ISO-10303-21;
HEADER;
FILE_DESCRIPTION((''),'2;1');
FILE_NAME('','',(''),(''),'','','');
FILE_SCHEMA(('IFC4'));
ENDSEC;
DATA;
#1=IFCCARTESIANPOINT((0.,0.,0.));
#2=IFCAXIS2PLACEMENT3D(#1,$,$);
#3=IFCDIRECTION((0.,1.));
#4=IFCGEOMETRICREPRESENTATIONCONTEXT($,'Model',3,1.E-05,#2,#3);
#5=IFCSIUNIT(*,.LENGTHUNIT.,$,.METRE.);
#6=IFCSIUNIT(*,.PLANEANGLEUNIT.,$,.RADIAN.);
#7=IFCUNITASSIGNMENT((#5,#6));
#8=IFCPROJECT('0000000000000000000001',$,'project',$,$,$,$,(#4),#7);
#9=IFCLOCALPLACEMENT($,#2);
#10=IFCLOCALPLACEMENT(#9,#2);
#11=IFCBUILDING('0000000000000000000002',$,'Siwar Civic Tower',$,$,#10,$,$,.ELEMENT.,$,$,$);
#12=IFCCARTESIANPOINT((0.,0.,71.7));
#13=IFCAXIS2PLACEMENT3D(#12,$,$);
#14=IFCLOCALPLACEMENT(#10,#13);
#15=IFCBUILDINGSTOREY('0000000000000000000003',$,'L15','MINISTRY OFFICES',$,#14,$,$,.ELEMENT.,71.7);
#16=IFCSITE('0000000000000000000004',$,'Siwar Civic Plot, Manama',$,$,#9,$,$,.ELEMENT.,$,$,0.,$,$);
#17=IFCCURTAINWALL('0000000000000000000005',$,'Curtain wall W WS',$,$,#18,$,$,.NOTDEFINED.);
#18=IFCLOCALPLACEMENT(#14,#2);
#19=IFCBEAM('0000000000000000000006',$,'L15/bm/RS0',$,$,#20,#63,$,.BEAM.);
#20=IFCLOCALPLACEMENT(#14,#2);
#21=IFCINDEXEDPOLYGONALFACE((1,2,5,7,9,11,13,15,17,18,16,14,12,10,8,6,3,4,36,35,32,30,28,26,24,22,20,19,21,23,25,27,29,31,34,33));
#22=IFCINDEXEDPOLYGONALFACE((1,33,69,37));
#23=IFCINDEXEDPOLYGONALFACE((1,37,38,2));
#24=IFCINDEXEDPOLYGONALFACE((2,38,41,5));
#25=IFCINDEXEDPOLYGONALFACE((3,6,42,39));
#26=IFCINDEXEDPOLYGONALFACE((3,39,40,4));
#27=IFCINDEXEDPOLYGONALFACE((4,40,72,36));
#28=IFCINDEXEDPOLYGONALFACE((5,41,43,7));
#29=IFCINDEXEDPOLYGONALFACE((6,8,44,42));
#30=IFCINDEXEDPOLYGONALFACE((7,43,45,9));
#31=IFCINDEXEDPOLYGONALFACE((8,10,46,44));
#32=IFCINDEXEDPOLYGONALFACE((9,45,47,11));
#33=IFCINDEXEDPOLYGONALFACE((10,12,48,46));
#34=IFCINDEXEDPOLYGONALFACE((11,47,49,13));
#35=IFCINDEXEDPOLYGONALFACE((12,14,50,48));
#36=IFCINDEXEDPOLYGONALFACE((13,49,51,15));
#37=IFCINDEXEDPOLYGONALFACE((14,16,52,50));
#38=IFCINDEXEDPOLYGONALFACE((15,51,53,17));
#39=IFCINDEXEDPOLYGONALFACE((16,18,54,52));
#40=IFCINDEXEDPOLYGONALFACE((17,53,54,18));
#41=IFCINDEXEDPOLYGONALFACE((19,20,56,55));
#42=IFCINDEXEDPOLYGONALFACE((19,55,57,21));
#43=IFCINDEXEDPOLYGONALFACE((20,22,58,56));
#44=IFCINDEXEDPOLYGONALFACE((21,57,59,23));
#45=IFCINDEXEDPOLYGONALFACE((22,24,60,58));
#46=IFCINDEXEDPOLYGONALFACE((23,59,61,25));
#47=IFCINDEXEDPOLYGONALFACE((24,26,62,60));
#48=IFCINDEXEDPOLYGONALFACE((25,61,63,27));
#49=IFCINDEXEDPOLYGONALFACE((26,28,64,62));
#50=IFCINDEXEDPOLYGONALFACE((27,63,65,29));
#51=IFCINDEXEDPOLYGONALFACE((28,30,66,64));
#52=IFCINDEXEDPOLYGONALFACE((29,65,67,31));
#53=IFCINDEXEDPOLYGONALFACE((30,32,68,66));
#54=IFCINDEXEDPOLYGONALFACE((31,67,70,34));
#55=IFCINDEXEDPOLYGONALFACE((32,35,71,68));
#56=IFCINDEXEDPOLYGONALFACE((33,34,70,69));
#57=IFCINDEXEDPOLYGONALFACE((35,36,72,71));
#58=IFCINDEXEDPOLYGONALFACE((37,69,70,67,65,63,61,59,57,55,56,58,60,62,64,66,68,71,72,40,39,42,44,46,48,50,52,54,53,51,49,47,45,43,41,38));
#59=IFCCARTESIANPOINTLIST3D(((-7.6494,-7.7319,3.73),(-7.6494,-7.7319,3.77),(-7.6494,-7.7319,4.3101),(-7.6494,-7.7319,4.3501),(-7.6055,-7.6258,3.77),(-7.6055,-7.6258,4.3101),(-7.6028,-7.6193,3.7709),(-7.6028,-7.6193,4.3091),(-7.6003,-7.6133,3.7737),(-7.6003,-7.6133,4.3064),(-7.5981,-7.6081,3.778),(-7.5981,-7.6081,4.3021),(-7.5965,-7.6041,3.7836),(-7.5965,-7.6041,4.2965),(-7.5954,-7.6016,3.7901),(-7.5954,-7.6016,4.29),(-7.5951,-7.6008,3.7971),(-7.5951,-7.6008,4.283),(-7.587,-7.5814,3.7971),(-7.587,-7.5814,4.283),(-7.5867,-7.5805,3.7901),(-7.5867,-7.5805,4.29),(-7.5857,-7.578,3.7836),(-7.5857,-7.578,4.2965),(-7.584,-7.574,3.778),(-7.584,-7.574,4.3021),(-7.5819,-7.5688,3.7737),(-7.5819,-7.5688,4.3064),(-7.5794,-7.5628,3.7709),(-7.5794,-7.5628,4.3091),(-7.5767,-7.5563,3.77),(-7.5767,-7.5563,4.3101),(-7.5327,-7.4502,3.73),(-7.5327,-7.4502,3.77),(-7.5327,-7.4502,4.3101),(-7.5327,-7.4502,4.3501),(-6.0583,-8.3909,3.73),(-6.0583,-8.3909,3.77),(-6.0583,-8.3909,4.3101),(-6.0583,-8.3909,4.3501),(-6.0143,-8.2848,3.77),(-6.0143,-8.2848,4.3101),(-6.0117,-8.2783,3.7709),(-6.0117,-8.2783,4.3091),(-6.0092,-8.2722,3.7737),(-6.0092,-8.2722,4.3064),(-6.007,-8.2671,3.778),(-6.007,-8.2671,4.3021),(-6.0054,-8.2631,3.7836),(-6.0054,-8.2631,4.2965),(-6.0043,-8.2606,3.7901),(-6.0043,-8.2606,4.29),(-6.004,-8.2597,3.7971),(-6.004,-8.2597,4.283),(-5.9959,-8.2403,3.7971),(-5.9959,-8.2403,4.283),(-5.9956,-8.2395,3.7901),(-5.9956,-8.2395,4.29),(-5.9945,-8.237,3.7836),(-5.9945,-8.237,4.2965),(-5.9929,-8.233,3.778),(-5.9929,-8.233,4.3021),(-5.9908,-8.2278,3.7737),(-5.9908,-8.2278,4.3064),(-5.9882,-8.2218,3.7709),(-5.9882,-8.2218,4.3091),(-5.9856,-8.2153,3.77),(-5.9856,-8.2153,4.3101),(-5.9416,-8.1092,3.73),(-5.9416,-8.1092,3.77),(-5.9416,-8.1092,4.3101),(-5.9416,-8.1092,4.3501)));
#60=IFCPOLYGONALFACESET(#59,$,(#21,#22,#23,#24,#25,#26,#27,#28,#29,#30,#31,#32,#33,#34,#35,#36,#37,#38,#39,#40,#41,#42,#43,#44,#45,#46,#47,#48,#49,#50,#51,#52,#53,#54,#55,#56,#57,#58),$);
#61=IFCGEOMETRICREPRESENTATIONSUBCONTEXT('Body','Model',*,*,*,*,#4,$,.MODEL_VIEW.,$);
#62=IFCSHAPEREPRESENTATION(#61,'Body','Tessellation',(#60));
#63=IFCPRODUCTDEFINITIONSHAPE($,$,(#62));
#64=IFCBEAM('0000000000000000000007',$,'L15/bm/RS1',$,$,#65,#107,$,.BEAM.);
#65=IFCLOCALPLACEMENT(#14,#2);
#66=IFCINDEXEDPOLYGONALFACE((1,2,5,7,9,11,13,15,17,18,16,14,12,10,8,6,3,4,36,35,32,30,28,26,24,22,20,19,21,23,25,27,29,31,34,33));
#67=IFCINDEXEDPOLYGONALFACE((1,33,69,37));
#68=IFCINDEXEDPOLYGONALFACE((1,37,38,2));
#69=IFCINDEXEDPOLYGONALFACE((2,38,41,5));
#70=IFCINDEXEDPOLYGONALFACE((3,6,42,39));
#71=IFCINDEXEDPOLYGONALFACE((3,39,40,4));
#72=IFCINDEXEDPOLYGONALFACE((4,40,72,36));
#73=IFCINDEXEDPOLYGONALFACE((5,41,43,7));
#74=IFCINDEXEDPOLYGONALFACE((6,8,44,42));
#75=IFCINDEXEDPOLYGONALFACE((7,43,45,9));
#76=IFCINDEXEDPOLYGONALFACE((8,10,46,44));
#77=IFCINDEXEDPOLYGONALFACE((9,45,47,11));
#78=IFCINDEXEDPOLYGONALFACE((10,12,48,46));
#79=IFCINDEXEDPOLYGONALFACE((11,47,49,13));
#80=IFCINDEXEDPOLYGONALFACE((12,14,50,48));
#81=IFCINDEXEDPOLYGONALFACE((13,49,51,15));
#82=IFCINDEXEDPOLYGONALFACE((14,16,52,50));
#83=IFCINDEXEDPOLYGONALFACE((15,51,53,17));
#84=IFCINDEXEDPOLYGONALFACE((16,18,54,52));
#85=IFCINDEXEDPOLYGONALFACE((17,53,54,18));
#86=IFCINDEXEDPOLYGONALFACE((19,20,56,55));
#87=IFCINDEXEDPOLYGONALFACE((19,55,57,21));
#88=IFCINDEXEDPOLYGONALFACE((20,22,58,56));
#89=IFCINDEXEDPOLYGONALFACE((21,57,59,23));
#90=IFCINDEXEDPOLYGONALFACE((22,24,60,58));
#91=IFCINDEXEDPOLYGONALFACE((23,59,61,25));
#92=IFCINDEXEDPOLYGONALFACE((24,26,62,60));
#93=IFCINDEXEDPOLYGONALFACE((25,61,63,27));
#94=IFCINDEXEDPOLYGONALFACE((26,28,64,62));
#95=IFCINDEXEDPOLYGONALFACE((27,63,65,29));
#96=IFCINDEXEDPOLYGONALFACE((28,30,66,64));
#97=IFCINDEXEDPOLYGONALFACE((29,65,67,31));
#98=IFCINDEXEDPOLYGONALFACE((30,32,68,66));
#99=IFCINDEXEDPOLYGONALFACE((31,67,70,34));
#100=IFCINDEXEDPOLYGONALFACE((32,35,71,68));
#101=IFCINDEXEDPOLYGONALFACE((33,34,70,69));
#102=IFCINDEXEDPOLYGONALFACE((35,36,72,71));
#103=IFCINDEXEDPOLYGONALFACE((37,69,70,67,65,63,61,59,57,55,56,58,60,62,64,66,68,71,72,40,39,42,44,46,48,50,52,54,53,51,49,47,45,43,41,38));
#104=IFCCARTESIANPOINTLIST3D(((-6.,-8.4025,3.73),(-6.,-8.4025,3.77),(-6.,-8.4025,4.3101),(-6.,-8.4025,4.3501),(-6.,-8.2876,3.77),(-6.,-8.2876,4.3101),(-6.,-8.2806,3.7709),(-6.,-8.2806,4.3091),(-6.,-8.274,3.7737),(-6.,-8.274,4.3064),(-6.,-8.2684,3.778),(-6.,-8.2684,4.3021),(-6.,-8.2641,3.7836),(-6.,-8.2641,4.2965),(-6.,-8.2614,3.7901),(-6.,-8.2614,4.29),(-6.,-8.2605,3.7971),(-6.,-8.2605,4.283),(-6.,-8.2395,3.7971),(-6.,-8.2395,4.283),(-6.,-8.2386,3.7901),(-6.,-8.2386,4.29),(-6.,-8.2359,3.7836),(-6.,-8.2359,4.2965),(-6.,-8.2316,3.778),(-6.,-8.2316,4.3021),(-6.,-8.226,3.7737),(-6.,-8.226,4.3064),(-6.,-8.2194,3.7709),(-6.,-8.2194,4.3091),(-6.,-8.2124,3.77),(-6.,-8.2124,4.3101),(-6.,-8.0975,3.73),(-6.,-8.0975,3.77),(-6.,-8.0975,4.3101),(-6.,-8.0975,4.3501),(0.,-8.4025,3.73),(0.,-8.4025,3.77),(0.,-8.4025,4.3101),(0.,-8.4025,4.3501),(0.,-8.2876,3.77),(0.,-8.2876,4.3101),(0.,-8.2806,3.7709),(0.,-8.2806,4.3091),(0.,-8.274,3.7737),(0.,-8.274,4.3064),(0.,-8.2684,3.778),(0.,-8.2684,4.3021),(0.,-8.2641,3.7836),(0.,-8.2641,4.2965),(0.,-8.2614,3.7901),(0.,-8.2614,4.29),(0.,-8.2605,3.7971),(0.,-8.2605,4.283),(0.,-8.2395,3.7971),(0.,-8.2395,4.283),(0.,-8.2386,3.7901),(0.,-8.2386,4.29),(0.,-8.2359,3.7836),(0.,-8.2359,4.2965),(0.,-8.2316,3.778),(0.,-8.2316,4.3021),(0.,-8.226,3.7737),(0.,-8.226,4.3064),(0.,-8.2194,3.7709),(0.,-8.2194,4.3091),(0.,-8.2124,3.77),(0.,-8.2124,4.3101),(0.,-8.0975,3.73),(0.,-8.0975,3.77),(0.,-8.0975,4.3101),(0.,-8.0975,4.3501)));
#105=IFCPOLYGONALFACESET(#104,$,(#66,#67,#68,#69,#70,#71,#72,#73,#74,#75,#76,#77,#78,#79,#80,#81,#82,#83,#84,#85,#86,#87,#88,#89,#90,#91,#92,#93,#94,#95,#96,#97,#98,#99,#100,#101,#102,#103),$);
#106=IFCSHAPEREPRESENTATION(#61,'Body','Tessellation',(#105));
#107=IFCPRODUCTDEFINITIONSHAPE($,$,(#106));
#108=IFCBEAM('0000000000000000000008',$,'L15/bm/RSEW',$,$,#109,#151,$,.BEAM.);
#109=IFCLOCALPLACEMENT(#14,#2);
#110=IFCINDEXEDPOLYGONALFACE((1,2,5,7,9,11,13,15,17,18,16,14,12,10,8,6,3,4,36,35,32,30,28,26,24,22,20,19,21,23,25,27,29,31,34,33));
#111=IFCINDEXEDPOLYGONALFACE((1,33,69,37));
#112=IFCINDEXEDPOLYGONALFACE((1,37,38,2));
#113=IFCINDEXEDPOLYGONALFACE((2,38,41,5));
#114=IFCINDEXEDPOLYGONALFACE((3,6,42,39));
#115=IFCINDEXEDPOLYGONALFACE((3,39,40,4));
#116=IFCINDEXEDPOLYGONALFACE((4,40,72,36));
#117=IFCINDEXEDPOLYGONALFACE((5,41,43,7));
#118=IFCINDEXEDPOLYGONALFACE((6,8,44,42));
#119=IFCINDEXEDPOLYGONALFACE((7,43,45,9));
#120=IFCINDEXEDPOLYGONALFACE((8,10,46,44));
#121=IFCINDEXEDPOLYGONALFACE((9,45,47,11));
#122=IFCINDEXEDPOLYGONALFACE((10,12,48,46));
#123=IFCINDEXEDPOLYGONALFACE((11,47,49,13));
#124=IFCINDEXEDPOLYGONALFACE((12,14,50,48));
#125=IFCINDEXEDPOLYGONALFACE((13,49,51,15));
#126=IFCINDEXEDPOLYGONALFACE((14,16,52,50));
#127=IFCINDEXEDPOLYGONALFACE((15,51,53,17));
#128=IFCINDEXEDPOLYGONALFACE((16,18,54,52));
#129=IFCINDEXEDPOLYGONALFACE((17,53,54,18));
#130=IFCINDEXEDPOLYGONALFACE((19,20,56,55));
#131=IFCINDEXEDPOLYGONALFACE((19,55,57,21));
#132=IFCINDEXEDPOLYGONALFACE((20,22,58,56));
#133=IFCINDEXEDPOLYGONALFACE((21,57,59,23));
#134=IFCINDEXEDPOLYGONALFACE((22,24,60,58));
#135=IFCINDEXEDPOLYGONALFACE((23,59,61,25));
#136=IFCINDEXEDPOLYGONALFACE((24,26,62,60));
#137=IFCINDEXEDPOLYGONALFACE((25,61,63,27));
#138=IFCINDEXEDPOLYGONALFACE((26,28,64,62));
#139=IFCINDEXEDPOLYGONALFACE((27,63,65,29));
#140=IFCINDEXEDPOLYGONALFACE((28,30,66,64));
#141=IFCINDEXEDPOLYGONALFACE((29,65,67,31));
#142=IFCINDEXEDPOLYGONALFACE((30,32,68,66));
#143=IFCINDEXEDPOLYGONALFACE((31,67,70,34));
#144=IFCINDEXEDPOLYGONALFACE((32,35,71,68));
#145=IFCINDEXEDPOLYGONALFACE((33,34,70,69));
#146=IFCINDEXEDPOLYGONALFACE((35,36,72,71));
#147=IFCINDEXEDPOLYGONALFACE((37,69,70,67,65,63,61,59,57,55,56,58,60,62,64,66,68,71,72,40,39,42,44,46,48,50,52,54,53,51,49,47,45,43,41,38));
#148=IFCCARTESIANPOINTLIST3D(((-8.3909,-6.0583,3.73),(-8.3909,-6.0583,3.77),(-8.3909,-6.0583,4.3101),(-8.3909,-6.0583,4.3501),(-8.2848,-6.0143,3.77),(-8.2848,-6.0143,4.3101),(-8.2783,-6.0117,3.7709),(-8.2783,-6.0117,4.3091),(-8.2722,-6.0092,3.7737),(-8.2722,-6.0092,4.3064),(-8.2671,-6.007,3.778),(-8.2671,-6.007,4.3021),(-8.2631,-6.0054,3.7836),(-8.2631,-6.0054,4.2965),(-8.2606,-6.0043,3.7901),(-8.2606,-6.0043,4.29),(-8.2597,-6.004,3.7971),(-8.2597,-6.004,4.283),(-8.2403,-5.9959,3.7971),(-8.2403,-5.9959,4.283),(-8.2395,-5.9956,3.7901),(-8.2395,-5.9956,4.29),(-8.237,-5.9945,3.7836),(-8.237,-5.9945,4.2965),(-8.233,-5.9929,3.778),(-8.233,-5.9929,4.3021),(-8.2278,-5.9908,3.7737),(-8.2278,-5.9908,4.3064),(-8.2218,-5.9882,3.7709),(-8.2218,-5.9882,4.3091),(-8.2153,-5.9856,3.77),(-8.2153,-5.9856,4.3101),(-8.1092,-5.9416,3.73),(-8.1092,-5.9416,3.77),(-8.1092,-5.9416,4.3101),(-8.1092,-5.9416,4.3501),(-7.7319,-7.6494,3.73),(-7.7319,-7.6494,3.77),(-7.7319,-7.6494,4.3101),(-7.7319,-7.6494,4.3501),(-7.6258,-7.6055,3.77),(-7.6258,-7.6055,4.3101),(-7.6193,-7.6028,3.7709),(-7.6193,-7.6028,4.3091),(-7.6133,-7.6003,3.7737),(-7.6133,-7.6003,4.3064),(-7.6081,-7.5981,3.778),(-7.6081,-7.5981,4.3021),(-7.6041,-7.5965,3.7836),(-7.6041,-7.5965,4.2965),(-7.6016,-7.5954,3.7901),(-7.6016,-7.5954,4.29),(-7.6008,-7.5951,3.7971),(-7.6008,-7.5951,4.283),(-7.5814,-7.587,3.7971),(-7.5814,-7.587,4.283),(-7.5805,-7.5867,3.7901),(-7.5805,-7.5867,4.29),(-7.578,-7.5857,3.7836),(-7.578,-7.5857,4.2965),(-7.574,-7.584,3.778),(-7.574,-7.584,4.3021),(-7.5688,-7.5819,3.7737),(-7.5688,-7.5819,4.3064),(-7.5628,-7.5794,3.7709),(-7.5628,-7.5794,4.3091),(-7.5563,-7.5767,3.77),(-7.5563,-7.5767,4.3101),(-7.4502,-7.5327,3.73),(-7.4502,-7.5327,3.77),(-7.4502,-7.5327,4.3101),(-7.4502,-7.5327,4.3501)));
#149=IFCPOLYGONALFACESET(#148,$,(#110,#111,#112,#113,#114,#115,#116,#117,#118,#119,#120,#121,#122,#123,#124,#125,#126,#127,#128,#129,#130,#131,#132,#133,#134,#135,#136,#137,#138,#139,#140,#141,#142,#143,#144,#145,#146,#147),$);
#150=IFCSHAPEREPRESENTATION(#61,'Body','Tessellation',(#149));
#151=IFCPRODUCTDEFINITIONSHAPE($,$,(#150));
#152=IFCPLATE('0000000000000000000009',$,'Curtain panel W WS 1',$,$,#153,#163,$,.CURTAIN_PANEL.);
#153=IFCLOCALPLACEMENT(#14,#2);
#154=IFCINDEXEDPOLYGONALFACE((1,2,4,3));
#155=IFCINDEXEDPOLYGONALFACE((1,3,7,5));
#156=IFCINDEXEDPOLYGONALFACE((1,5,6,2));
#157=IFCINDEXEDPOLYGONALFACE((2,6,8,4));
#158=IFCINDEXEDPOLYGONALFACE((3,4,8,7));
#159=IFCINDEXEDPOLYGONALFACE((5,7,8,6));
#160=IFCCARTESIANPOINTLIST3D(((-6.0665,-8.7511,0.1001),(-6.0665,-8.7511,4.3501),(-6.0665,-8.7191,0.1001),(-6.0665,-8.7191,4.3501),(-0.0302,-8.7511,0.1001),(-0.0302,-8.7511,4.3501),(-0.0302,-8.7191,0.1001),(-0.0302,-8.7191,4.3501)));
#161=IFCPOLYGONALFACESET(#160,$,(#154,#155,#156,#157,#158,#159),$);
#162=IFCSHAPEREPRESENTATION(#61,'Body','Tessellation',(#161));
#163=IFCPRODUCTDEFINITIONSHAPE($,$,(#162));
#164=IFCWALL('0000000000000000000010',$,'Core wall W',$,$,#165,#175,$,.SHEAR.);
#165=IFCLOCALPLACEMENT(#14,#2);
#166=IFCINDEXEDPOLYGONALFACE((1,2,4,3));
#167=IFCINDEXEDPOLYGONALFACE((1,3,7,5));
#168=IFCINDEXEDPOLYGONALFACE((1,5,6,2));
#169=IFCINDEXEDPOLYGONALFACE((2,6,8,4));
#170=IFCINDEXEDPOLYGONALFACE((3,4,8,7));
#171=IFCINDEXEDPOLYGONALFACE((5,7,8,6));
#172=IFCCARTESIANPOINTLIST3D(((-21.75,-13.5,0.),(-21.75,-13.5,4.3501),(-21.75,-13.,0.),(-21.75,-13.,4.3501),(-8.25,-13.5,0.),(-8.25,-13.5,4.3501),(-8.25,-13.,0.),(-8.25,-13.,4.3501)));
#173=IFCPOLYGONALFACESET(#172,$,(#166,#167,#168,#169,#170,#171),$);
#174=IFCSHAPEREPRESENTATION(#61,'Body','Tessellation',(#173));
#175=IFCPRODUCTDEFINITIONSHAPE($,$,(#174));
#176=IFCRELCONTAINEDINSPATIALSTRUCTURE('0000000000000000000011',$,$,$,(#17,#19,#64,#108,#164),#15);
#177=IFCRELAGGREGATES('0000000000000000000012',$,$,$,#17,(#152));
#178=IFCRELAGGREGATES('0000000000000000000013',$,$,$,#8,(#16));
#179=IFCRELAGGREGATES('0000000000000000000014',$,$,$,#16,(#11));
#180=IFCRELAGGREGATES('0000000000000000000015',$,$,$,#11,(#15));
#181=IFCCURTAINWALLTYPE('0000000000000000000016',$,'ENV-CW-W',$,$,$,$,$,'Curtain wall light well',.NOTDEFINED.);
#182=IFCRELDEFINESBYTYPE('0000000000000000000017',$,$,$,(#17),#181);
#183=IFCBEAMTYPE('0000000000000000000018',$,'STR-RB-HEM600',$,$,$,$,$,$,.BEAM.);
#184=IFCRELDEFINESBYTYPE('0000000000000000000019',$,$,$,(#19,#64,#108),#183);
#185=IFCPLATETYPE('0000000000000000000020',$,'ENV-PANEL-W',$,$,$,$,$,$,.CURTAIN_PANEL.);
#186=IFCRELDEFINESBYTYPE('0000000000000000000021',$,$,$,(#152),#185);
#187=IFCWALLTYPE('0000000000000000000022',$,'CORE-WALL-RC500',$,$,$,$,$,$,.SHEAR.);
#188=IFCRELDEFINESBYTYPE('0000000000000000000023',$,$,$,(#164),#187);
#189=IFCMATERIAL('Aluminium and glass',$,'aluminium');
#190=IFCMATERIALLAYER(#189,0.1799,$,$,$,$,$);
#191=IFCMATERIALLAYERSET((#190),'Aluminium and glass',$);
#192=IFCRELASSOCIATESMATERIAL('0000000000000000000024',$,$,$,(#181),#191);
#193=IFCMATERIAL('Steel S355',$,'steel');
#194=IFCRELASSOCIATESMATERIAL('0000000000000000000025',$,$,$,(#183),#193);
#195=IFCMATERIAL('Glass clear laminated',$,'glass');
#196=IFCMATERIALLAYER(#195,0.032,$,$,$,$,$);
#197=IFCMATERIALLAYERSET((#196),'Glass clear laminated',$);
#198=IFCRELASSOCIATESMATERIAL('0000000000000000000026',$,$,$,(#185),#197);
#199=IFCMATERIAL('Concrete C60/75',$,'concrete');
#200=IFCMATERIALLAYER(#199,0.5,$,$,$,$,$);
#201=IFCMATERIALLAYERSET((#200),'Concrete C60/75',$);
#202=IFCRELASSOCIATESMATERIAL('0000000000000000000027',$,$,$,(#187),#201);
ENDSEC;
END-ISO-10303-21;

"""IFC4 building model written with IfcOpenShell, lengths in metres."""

from ifc_helpers import new_model, si_unit, direction, frame, frame_2d, origin, origin_2d, place, context, subcontext, project, spatial, rectangle, i_section, extrude, material, layer, layer_set, material_profile, profile_set, type_object, element, aggregate, save


model = new_model("IFC4")

# Units and contexts
model_context = context("Model", 3, precision=1e-05, world=origin(), true_north=direction((0.0, 1.0)))
body_context = subcontext(model_context, "Body", "Model", "MODEL_VIEW")
ifc_project = project(units=[si_unit("LENGTHUNIT", "METRE"), si_unit("PLANEANGLEUNIT", "RADIAN")], contexts=[model_context])

# Site, building, storey
site_placement = place(None, origin())
site = spatial("IfcSite", under=ifc_project, at=site_placement, Name="Siwar Civic Plot, Manama", CompositionType="ELEMENT", RefElevation=0.0)
building_placement = place(site_placement, origin())
building = spatial("IfcBuilding", under=site, at=building_placement, Name="Siwar Civic Tower", CompositionType="ELEMENT")
storey_placement = place(building_placement, frame((0.0, 0.0, 71.7)))
storey = spatial("IfcBuildingStorey", under=building, at=storey_placement, Name="L15", Description="MINISTRY OFFICES", CompositionType="ELEMENT", Elevation=71.7)

# Curtain wall
ifc_material_1 = material(Name="Aluminium and glass", Category="aluminium")
ifc_layer_1 = layer(ifc_material_1, 0.1799)
ifc_layer_set_1 = layer_set([ifc_layer_1], Name="Aluminium and glass")
curtain_wall_type = type_object("IfcCurtainWallType", Name="ENV-CW-W", ElementType="Curtain wall light well", PredefinedType="NOTDEFINED", material=ifc_layer_set_1)
curtain_wall_placement = place(storey_placement, origin())
curtain_wall = element("IfcCurtainWall", 1, at=curtain_wall_placement, inside=storey, type_object=curtain_wall_type, Name="Curtain wall W WS", PredefinedType="NOTDEFINED")

# Beams
ifc_material_2 = material(Name="Steel S355", Category="steel")
ifc_material_profile_1 = material_profile(ifc_material_2, i_section(OverallWidth=0.3049, OverallDepth=0.6201, WebThickness=0.021, FlangeThickness=0.04, FilletRadius=0.0271, at=origin_2d()), Name="HEM600")
ifc_profile_set_1 = profile_set([ifc_material_profile_1], Name="Steel S355")
beam_type_1 = type_object("IfcBeamType", Name="STR-RB-HEM600", PredefinedType="BEAM", material=ifc_profile_set_1)
beam_1_placement = place(storey_placement, frame((-7.5911, -7.5911, 4.04), z_axis=(0.923901, -0.382631, 0.0), x_axis=(0.382631, 0.923901, 0.0)))
element("IfcBeam", 2, at=beam_1_placement, inside=storey, type_object=beam_type_1, Name="L15/bm/RS0", PredefinedType="BEAM", context=body_context, shape_type="SweptSolid", body=[
    extrude(i_section(OverallWidth=0.3049, OverallDepth=0.6201, WebThickness=0.021, FlangeThickness=0.04, FilletRadius=0.0271, at=origin_2d()), origin(), (0.0, 0.0, 1.0), 1.7222),
])
beam_2_placement = place(storey_placement, frame((-6.0, -8.25, 4.04), z_axis=(1.0, 0.0, 0.0), x_axis=(0.0, 1.0, 0.0)))
element("IfcBeam", 3, at=beam_2_placement, inside=storey, type_object=beam_type_1, Name="L15/bm/RS1", PredefinedType="BEAM", context=body_context, shape_type="SweptSolid", body=[
    extrude(i_section(OverallWidth=0.3049, OverallDepth=0.6201, WebThickness=0.021, FlangeThickness=0.04, FilletRadius=0.0271, at=origin_2d()), origin(), (0.0, 0.0, 1.0), 6.0),
])
beam_3_placement = place(storey_placement, frame((-7.5911, -7.5911, 4.04), z_axis=(-0.382631, 0.923901, 0.0), x_axis=(-0.923901, -0.382631, 0.0)))
element("IfcBeam", 4, at=beam_3_placement, inside=storey, type_object=beam_type_1, Name="L15/bm/RSEW", PredefinedType="BEAM", context=body_context, shape_type="SweptSolid", body=[
    extrude(i_section(OverallWidth=0.3049, OverallDepth=0.6201, WebThickness=0.021, FlangeThickness=0.04, FilletRadius=0.0271, at=origin_2d()), origin(), (0.0, 0.0, 1.0), 1.7222),
])

# Plate
ifc_material_3 = material(Name="Glass clear laminated", Category="glass")
ifc_layer_2 = layer(ifc_material_3, 0.032)
ifc_layer_set_2 = layer_set([ifc_layer_2], Name="Glass clear laminated")
plate_type = type_object("IfcPlateType", Name="ENV-PANEL-W", PredefinedType="CURTAIN_PANEL", material=ifc_layer_set_2)
plate_placement = place(storey_placement, frame((-3.0483, -8.7351, 0.1001), z_axis=(0.0, 0.0, 1.0), x_axis=(1.0, 0.0, 0.0)))
plate = element("IfcPlate", 5, at=plate_placement, type_object=plate_type, Name="Curtain panel W WS 1", PredefinedType="CURTAIN_PANEL", context=body_context, shape_type="SweptSolid", body=[
    extrude(rectangle(XDim=6.0364, YDim=0.032, at=origin_2d()), origin(), (0.0, 0.0, 1.0), 4.25),
])
aggregate(curtain_wall, [plate])

# Wall
ifc_material_4 = material(Name="Concrete C60/75", Category="concrete")
ifc_layer_3 = layer(ifc_material_4, 0.5)
ifc_layer_set_3 = layer_set([ifc_layer_3], Name="Concrete C60/75")
wall_type_1 = type_object("IfcWallType", Name="CORE-WALL-RC500", PredefinedType="SHEAR", material=ifc_layer_set_3)
wall_1_placement = place(storey_placement, frame((-8.25, -13.25, 0.0), z_axis=(0.0, 0.0, 1.0), x_axis=(-1.0, 0.0, 0.0)))
element("IfcWall", 6, at=wall_1_placement, inside=storey, type_object=wall_type_1, Name="Core wall W", PredefinedType="SHEAR", context=body_context, shape_type="SweptSolid", body=[
    extrude(rectangle(XDim=13.5, YDim=0.5, at=frame_2d((6.75, 0.0))), origin(), (0.0, 0.0, 1.0), 4.3501),
])

save(model, "model.ifc")
